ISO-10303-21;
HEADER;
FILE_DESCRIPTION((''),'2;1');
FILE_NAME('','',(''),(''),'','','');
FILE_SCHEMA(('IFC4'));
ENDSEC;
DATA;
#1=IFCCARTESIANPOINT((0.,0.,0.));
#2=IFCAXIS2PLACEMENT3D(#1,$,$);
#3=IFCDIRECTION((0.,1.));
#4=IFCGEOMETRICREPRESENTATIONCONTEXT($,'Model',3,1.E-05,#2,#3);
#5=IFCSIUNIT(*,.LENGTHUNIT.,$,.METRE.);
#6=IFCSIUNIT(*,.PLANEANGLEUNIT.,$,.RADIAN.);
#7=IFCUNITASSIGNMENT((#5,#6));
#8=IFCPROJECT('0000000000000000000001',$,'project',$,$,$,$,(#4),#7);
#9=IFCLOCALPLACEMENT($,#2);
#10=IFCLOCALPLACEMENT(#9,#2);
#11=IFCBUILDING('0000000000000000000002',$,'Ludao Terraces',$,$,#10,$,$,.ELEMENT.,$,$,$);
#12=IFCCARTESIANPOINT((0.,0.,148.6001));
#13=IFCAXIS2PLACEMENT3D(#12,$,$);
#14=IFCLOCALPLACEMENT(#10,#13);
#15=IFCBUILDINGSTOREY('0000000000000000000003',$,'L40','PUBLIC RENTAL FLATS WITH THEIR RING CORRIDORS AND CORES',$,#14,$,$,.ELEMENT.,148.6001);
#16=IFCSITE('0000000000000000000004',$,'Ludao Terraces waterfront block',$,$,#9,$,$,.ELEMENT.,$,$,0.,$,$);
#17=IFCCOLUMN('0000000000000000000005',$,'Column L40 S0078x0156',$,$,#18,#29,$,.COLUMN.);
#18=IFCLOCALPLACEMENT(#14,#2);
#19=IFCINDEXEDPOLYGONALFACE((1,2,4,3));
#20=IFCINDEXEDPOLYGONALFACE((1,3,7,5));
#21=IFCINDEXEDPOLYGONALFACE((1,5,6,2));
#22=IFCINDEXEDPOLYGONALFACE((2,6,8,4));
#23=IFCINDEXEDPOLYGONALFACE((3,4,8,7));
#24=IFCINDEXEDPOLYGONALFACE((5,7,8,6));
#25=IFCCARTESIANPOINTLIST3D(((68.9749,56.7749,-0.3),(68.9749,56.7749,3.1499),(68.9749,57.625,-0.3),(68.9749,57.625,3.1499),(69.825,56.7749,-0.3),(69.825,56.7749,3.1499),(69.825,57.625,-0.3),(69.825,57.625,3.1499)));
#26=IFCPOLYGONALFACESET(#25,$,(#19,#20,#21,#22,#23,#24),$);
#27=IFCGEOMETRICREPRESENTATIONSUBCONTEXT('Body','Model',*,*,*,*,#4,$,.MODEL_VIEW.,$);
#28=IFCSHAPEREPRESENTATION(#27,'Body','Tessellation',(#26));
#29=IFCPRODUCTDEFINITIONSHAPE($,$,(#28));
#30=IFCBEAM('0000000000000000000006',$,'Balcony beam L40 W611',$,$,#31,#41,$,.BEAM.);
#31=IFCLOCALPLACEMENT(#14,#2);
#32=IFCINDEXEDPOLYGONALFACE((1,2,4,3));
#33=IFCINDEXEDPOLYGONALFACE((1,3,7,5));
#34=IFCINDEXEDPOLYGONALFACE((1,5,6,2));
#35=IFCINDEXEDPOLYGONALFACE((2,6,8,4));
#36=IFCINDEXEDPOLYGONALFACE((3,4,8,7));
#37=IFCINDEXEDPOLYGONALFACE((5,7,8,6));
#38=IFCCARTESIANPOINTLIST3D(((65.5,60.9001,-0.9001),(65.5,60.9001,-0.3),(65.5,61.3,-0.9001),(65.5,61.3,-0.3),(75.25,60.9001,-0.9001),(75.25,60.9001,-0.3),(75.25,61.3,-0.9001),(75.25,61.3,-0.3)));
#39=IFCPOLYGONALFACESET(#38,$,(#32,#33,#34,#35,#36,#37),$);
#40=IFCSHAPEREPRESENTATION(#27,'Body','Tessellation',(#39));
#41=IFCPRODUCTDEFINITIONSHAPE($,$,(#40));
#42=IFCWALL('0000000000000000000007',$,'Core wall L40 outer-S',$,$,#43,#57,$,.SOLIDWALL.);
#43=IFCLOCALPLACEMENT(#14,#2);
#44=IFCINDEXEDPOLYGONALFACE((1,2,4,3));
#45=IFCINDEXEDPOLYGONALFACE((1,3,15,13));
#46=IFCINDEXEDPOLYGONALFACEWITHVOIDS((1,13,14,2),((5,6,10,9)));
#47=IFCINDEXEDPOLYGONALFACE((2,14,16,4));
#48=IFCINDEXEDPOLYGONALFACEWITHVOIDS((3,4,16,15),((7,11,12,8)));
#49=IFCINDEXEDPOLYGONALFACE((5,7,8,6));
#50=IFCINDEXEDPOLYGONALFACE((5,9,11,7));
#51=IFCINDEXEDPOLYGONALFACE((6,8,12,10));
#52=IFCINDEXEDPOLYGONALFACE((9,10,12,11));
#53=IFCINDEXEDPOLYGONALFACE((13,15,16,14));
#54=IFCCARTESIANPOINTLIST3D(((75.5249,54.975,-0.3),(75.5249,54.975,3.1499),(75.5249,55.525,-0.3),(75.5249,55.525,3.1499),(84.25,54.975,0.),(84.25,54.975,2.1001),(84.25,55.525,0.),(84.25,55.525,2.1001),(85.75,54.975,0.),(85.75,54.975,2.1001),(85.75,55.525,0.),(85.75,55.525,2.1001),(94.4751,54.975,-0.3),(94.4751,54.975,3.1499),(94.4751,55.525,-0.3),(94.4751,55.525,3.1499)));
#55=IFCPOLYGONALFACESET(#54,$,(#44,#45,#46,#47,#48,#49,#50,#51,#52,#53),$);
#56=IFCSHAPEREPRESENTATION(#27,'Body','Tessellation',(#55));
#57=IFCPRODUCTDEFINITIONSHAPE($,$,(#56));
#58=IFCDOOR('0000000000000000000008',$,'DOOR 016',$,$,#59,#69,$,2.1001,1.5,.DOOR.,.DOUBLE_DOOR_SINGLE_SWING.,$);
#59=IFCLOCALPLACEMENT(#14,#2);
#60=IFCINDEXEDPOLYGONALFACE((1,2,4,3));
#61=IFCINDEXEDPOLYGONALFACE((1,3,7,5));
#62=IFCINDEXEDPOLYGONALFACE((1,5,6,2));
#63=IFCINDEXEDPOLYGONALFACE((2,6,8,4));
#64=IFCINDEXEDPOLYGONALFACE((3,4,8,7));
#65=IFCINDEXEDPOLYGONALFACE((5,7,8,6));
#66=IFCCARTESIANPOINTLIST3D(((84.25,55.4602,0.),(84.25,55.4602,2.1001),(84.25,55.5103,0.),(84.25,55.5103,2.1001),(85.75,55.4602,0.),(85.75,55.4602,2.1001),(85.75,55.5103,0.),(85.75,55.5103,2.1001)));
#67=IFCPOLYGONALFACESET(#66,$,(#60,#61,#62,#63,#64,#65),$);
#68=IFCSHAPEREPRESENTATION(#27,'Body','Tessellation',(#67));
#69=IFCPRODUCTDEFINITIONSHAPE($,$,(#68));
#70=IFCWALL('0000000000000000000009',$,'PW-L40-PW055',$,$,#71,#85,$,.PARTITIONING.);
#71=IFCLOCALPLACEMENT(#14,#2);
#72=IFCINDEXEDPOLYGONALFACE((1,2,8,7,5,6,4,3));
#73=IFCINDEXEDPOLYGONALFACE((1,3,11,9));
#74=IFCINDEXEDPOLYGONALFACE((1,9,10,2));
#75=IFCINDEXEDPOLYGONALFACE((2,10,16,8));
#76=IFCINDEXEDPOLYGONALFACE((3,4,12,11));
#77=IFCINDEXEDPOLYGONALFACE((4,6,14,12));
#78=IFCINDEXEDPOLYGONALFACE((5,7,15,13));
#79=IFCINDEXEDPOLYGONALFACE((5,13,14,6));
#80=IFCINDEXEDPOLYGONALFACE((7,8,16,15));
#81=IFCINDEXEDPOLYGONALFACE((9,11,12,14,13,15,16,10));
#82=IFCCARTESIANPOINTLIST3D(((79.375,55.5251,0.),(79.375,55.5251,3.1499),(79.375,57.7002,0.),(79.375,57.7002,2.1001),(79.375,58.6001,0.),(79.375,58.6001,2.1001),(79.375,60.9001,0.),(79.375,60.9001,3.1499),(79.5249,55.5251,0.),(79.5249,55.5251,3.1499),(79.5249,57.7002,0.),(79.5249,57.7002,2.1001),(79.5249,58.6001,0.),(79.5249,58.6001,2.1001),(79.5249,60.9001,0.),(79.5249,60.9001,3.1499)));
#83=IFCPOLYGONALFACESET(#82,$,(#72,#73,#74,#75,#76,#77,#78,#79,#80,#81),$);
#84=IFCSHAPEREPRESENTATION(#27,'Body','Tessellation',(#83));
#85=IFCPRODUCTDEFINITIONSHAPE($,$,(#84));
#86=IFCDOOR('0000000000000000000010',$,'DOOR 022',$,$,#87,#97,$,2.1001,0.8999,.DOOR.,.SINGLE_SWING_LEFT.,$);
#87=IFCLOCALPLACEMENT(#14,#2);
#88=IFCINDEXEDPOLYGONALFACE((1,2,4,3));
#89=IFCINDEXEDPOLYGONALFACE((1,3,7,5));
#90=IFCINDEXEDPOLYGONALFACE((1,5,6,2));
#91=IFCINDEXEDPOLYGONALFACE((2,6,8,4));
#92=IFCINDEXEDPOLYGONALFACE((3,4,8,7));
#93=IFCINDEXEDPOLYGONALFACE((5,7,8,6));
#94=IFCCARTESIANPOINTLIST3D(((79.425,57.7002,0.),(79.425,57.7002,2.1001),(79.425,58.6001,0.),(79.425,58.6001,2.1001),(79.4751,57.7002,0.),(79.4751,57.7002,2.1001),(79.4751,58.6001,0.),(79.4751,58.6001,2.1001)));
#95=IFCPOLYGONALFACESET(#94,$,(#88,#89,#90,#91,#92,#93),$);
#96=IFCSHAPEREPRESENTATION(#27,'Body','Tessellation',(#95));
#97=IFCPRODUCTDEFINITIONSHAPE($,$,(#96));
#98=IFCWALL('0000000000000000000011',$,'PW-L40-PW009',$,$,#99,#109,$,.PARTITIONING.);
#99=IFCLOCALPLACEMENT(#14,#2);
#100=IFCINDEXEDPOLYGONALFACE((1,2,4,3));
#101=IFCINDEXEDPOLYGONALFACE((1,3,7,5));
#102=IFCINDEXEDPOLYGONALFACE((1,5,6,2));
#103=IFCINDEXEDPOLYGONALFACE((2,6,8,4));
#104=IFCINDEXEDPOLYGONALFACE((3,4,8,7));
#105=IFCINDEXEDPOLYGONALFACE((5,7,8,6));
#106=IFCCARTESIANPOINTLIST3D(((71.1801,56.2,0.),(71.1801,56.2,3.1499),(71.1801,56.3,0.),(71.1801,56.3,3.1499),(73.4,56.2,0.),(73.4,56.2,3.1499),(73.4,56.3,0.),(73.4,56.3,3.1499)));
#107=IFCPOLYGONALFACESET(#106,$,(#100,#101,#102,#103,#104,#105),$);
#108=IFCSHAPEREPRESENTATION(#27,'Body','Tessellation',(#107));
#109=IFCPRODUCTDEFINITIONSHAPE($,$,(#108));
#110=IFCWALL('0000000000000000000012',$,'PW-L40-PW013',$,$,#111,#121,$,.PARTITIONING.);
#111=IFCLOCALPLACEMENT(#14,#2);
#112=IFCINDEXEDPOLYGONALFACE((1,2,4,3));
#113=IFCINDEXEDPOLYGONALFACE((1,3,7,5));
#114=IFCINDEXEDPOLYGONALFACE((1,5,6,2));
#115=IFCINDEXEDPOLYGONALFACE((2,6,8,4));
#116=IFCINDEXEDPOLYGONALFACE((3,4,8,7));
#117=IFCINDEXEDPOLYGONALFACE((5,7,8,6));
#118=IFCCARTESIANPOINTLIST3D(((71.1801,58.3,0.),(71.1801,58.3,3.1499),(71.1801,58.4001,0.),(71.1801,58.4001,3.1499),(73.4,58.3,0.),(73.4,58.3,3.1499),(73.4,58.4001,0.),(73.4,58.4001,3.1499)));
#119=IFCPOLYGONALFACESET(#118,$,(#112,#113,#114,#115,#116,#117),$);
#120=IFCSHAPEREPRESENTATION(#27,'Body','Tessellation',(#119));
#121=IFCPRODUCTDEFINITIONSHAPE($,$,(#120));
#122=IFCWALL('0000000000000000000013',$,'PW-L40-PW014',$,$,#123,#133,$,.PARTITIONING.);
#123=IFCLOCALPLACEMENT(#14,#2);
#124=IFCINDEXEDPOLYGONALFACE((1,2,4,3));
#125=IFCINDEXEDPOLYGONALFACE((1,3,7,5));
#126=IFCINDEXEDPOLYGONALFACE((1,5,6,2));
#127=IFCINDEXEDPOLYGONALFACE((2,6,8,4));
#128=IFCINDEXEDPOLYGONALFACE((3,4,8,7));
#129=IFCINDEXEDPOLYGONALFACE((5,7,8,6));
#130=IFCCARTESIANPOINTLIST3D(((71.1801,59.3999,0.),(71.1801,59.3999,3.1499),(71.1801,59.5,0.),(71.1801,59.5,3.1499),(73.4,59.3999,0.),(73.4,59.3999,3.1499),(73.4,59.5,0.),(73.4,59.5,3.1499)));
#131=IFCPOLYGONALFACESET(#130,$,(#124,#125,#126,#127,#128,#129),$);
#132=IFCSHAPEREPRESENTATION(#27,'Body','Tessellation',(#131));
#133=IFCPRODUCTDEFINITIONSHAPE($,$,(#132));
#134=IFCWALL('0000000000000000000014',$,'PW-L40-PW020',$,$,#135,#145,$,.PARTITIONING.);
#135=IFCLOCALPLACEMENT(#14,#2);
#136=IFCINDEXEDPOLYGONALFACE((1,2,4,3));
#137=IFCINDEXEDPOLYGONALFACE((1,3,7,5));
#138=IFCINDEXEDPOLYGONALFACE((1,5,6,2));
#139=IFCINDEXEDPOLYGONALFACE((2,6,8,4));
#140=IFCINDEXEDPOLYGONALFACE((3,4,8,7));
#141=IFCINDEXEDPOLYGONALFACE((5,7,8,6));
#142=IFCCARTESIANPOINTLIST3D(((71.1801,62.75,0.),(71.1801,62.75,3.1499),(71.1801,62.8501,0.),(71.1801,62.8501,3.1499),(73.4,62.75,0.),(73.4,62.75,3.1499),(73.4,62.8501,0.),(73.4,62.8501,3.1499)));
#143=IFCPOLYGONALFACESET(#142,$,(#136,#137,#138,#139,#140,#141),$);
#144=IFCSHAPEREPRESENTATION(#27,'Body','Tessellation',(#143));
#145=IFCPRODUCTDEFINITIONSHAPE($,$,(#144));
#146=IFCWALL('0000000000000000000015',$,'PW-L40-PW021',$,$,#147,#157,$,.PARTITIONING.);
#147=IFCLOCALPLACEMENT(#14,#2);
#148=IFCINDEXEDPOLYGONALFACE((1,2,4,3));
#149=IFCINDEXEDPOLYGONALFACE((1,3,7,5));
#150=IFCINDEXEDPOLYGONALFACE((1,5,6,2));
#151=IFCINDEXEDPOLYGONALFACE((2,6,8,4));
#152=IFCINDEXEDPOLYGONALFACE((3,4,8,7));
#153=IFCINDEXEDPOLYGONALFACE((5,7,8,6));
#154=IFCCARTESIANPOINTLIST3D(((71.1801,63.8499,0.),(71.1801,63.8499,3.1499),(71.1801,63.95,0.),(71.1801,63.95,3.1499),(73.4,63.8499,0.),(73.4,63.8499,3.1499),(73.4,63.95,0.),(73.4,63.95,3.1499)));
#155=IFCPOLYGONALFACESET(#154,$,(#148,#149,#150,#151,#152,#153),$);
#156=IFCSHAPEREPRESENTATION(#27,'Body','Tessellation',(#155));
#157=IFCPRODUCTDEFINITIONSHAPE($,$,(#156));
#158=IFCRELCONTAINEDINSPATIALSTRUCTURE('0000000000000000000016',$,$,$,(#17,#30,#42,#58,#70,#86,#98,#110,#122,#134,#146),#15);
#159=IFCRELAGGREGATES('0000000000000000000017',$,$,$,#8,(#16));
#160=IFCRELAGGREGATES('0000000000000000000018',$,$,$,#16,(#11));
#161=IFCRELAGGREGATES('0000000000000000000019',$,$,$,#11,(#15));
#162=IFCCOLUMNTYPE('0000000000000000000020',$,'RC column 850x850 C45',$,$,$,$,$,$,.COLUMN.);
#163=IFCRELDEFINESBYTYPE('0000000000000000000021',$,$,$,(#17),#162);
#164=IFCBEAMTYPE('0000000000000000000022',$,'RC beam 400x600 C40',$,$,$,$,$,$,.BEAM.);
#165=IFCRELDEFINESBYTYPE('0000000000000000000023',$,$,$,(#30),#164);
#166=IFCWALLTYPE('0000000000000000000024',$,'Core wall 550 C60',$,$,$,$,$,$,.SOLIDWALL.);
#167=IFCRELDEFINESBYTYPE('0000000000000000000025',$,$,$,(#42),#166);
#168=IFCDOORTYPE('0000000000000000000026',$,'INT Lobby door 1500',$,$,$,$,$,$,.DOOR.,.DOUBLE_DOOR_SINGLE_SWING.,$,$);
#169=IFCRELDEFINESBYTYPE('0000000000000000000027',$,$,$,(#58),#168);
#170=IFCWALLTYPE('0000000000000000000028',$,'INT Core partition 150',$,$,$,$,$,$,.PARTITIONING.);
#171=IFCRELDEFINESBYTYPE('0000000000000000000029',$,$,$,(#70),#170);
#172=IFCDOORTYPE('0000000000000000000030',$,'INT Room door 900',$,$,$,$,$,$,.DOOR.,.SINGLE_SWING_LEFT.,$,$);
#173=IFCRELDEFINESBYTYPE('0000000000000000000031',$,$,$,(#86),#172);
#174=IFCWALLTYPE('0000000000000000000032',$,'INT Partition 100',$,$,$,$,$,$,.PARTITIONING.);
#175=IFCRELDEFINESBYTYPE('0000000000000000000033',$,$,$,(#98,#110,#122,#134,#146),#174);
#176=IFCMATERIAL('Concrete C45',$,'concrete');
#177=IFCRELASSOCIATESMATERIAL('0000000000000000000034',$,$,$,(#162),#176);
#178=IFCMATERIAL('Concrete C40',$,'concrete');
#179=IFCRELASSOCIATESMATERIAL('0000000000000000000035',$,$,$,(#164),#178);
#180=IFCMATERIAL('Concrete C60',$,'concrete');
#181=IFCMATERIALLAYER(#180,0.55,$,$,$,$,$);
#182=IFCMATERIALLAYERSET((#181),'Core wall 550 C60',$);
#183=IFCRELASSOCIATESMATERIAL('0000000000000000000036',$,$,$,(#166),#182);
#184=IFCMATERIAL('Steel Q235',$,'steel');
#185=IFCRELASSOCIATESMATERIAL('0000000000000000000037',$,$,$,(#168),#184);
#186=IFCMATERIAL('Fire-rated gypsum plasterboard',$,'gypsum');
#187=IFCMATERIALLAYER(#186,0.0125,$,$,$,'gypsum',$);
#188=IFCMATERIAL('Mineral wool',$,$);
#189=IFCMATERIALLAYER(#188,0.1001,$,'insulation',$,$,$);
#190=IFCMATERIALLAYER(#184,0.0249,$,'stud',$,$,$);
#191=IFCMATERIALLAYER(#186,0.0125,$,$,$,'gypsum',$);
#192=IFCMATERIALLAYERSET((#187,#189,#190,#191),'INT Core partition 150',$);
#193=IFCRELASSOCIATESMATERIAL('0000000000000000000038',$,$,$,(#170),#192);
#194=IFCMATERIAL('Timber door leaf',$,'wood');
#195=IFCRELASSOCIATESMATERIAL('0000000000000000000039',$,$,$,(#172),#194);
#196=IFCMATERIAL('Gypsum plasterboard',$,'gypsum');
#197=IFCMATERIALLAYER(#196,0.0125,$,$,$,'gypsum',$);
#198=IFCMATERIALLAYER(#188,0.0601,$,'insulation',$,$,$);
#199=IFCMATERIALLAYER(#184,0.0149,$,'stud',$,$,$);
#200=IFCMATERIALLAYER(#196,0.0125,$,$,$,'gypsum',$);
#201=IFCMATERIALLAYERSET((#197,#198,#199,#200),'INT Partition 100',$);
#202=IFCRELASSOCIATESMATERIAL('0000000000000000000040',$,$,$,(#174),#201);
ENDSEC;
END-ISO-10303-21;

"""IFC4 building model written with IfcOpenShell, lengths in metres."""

from ifc_helpers import new_model, si_unit, direction, frame, frame_2d, origin, origin_2d, place, context, subcontext, project, spatial, rectangle, extrude, material, layer, layer_set, material_profile, profile_set, type_object, element, fill, save


model = new_model("IFC4")

# Units and contexts
model_context = context("Model", 3, precision=1e-05, world=origin(), true_north=direction((0.0, 1.0)))
body_context = subcontext(model_context, "Body", "Model", "MODEL_VIEW")
ifc_project = project(units=[si_unit("LENGTHUNIT", "METRE"), si_unit("PLANEANGLEUNIT", "RADIAN")], contexts=[model_context])

# Site, building, storey
site_placement = place(None, origin())
site = spatial("IfcSite", under=ifc_project, at=site_placement, Name="Ludao Terraces waterfront block", CompositionType="ELEMENT", RefElevation=0.0)
building_placement = place(site_placement, origin())
building = spatial("IfcBuilding", under=site, at=building_placement, Name="Ludao Terraces", CompositionType="ELEMENT")
storey_placement = place(building_placement, frame((0.0, 0.0, 148.6001)))
storey = spatial("IfcBuildingStorey", under=building, at=storey_placement, Name="L40", Description="PUBLIC RENTAL FLATS WITH THEIR RING CORRIDORS AND CORES", CompositionType="ELEMENT", Elevation=148.6001)

# Column
ifc_material_1 = material(Name="Concrete C45", Category="concrete")
ifc_material_profile_1 = material_profile(ifc_material_1, rectangle(XDim=0.8501, YDim=0.8501, at=origin_2d()), Name="850 X 850")
ifc_profile_set_1 = profile_set([ifc_material_profile_1], Name="Concrete C45")
column_type = type_object("IfcColumnType", Name="RC column 850x850 C45", PredefinedType="COLUMN", material=ifc_profile_set_1)
column_placement = place(storey_placement, frame((69.3999, 57.2, -0.3), z_axis=(0.0, 0.0, 1.0), x_axis=(1.0, 0.0, 0.0)))
element("IfcColumn", 1, at=column_placement, inside=storey, type_object=column_type, Name="Column L40 S0078x0156", PredefinedType="COLUMN", context=body_context, shape_type="SweptSolid", body=[
    extrude(rectangle(XDim=0.8501, YDim=0.8501, at=origin_2d()), origin(), (0.0, 0.0, 1.0), 3.45),
])

# Beam
ifc_material_2 = material(Name="Concrete C40", Category="concrete")
ifc_material_profile_2 = material_profile(ifc_material_2, rectangle(XDim=0.3999, YDim=0.6001, at=origin_2d()), Name="400 X 600")
ifc_profile_set_2 = profile_set([ifc_material_profile_2], Name="Concrete C40")
beam_type = type_object("IfcBeamType", Name="RC beam 400x600 C40", PredefinedType="BEAM", material=ifc_profile_set_2)
beam_placement = place(storey_placement, frame((75.25, 61.1001, -0.6001), z_axis=(-1.0, 0.0, 0.0), x_axis=(0.0, -1.0, 0.0)))
element("IfcBeam", 2, at=beam_placement, inside=storey, type_object=beam_type, Name="Balcony beam L40 W611", PredefinedType="BEAM", context=body_context, shape_type="SweptSolid", body=[
    extrude(rectangle(XDim=0.3999, YDim=0.6001, at=origin_2d()), origin(), (0.0, 0.0, 1.0), 9.75),
])

# Walls, openings, doors
ifc_material_3 = material(Name="Concrete C60", Category="concrete")
ifc_layer_1 = layer(ifc_material_3, 0.55)
ifc_layer_set_1 = layer_set([ifc_layer_1], Name="Core wall 550 C60")
wall_type_1 = type_object("IfcWallType", Name="Core wall 550 C60", PredefinedType="SOLIDWALL", material=ifc_layer_set_1)
wall_1_placement = place(storey_placement, frame((75.5249, 55.25, -0.3), z_axis=(0.0, 0.0, 1.0), x_axis=(1.0, 0.0, 0.0)))
wall_1 = element("IfcWall", 3, at=wall_1_placement, inside=storey, type_object=wall_type_1, Name="Core wall L40 outer-S", PredefinedType="SOLIDWALL", context=body_context, shape_type="SweptSolid", body=[
    extrude(rectangle(XDim=18.9502, YDim=0.55, at=frame_2d((9.4751, 0.0))), origin(), (0.0, 0.0, 1.0), 3.45),
])
opening_1_placement = place(wall_1_placement, frame((8.7251, 0.0, 0.3)))
opening_1 = element("IfcOpeningElement", 4, at=opening_1_placement, cuts=wall_1, PredefinedType="OPENING", context=body_context, shape_type="SweptSolid", body=[
    extrude(rectangle(XDim=1.5, YDim=2.1001, at=frame_2d((0.75, 1.05))), frame((0.0, 0.2852, 0.0), z_axis=(0.0, -1.0, 0.0), x_axis=(1.0, 0.0, 0.0)), (0.0, 0.0, 1.0), 0.5701),
])
ifc_material_4 = material(Name="Steel Q235", Category="steel")
door_type_1 = type_object("IfcDoorType", Name="INT Lobby door 1500", OperationType="DOUBLE_DOOR_SINGLE_SWING", PredefinedType="DOOR", material=ifc_material_4)
door_1_placement = place(opening_1_placement, origin())
door_1 = element("IfcDoor", 5, at=door_1_placement, inside=storey, type_object=door_type_1, Name="DOOR 016", OperationType="DOUBLE_DOOR_SINGLE_SWING", OverallHeight=2.1001, OverallWidth=1.5, PredefinedType="DOOR", context=body_context, shape_type="SweptSolid", body=[
    extrude(rectangle(XDim=1.5, YDim=2.1001, at=frame_2d((0.75, 1.05))), frame((0.0, 0.2603, 0.0), z_axis=(0.0, -1.0, 0.0), x_axis=(1.0, 0.0, 0.0)), (0.0, 0.0, 1.0), 0.05),
])
fill(opening_1, door_1)
ifc_material_5 = material(Name="Fire-rated gypsum plasterboard", Category="gypsum")
ifc_layer_2 = layer(ifc_material_5, 0.0125, Category="gypsum")
ifc_material_6 = material(Name="Mineral wool")
ifc_layer_3 = layer(ifc_material_6, 0.1001, Name="insulation")
ifc_layer_4 = layer(ifc_material_4, 0.0249, Name="stud")
ifc_layer_5 = layer(ifc_material_5, 0.0125, Category="gypsum")
ifc_layer_set_2 = layer_set([ifc_layer_2, ifc_layer_3, ifc_layer_4, ifc_layer_5], Name="INT Core partition 150")
wall_type_2 = type_object("IfcWallType", Name="INT Core partition 150", PredefinedType="PARTITIONING", material=ifc_layer_set_2)
wall_2_placement = place(storey_placement, frame((79.45, 55.5251, 0.0), z_axis=(0.0, 0.0, 1.0), x_axis=(0.0, 1.0, 0.0)))
wall_2 = element("IfcWall", 6, at=wall_2_placement, inside=storey, type_object=wall_type_2, Name="PW-L40-PW055", PredefinedType="PARTITIONING", context=body_context, shape_type="SweptSolid", body=[
    extrude(rectangle(XDim=5.375, YDim=0.1499, at=frame_2d((2.6875, 0.0))), origin(), (0.0, 0.0, 1.0), 3.1499),
])
opening_2_placement = place(wall_2_placement, frame((2.175, 0.0, 0.0)))
opening_2 = element("IfcOpeningElement", 7, at=opening_2_placement, cuts=wall_2, PredefinedType="OPENING", context=body_context, shape_type="SweptSolid", body=[
    extrude(rectangle(XDim=0.8999, YDim=2.1001, at=frame_2d((0.45, 1.05))), frame((0.0, 0.085, 0.0), z_axis=(0.0, -1.0, 0.0), x_axis=(1.0, 0.0, 0.0)), (0.0, 0.0, 1.0), 0.1699),
])
ifc_material_7 = material(Name="Timber door leaf", Category="wood")
door_type_2 = type_object("IfcDoorType", Name="INT Room door 900", OperationType="SINGLE_SWING_LEFT", PredefinedType="DOOR", material=ifc_material_7)
door_2_placement = place(opening_2_placement, origin())
door_2 = element("IfcDoor", 8, at=door_2_placement, inside=storey, type_object=door_type_2, Name="DOOR 022", OperationType="SINGLE_SWING_LEFT", OverallHeight=2.1001, OverallWidth=0.8999, PredefinedType="DOOR", context=body_context, shape_type="SweptSolid", body=[
    extrude(rectangle(XDim=0.8999, YDim=2.1001, at=frame_2d((0.45, 1.05))), frame((0.0, 0.0249, 0.0), z_axis=(0.0, -1.0, 0.0), x_axis=(1.0, 0.0, 0.0)), (0.0, 0.0, 1.0), 0.05),
])
fill(opening_2, door_2)

# Walls
ifc_material_8 = material(Name="Gypsum plasterboard", Category="gypsum")
ifc_layer_6 = layer(ifc_material_8, 0.0125, Category="gypsum")
ifc_layer_7 = layer(ifc_material_6, 0.0601, Name="insulation")
ifc_layer_8 = layer(ifc_material_4, 0.0149, Name="stud")
ifc_layer_9 = layer(ifc_material_8, 0.0125, Category="gypsum")
ifc_layer_set_3 = layer_set([ifc_layer_6, ifc_layer_7, ifc_layer_8, ifc_layer_9], Name="INT Partition 100")
wall_type_3 = type_object("IfcWallType", Name="INT Partition 100", PredefinedType="PARTITIONING", material=ifc_layer_set_3)
for number, where, z_axis, x_axis, name in (
    (9, (71.1802, 56.25, 0.0), (0.0, 0.0, 1.0), (1.0, 0.0, 0.0), "PW-L40-PW009"),
    (10, (71.1802, 58.3501, 0.0), (0.0, 0.0, 1.0), (1.0, 0.0, 0.0), "PW-L40-PW013"),
    (11, (71.1802, 59.45, 0.0), (0.0, 0.0, 1.0), (1.0, 0.0, 0.0), "PW-L40-PW014"),
    (12, (71.1802, 62.8, 0.0), (0.0, 0.0, 1.0), (1.0, 0.0, 0.0), "PW-L40-PW020"),
    (13, (71.1802, 63.8999, 0.0), (0.0, 0.0, 1.0), (1.0, 0.0, 0.0), "PW-L40-PW021"),
):
    element("IfcWall", number, at=place(storey_placement, frame(where, z_axis=z_axis, x_axis=x_axis)), inside=storey, type_object=wall_type_3, Name=name, PredefinedType="PARTITIONING", context=body_context, shape_type="SweptSolid", body=[
        extrude(rectangle(XDim=2.22, YDim=0.1001, at=frame_2d((1.1099, 0.0))), origin(), (0.0, 0.0, 1.0), 3.1499),
    ])

save(model, "model.ifc")
